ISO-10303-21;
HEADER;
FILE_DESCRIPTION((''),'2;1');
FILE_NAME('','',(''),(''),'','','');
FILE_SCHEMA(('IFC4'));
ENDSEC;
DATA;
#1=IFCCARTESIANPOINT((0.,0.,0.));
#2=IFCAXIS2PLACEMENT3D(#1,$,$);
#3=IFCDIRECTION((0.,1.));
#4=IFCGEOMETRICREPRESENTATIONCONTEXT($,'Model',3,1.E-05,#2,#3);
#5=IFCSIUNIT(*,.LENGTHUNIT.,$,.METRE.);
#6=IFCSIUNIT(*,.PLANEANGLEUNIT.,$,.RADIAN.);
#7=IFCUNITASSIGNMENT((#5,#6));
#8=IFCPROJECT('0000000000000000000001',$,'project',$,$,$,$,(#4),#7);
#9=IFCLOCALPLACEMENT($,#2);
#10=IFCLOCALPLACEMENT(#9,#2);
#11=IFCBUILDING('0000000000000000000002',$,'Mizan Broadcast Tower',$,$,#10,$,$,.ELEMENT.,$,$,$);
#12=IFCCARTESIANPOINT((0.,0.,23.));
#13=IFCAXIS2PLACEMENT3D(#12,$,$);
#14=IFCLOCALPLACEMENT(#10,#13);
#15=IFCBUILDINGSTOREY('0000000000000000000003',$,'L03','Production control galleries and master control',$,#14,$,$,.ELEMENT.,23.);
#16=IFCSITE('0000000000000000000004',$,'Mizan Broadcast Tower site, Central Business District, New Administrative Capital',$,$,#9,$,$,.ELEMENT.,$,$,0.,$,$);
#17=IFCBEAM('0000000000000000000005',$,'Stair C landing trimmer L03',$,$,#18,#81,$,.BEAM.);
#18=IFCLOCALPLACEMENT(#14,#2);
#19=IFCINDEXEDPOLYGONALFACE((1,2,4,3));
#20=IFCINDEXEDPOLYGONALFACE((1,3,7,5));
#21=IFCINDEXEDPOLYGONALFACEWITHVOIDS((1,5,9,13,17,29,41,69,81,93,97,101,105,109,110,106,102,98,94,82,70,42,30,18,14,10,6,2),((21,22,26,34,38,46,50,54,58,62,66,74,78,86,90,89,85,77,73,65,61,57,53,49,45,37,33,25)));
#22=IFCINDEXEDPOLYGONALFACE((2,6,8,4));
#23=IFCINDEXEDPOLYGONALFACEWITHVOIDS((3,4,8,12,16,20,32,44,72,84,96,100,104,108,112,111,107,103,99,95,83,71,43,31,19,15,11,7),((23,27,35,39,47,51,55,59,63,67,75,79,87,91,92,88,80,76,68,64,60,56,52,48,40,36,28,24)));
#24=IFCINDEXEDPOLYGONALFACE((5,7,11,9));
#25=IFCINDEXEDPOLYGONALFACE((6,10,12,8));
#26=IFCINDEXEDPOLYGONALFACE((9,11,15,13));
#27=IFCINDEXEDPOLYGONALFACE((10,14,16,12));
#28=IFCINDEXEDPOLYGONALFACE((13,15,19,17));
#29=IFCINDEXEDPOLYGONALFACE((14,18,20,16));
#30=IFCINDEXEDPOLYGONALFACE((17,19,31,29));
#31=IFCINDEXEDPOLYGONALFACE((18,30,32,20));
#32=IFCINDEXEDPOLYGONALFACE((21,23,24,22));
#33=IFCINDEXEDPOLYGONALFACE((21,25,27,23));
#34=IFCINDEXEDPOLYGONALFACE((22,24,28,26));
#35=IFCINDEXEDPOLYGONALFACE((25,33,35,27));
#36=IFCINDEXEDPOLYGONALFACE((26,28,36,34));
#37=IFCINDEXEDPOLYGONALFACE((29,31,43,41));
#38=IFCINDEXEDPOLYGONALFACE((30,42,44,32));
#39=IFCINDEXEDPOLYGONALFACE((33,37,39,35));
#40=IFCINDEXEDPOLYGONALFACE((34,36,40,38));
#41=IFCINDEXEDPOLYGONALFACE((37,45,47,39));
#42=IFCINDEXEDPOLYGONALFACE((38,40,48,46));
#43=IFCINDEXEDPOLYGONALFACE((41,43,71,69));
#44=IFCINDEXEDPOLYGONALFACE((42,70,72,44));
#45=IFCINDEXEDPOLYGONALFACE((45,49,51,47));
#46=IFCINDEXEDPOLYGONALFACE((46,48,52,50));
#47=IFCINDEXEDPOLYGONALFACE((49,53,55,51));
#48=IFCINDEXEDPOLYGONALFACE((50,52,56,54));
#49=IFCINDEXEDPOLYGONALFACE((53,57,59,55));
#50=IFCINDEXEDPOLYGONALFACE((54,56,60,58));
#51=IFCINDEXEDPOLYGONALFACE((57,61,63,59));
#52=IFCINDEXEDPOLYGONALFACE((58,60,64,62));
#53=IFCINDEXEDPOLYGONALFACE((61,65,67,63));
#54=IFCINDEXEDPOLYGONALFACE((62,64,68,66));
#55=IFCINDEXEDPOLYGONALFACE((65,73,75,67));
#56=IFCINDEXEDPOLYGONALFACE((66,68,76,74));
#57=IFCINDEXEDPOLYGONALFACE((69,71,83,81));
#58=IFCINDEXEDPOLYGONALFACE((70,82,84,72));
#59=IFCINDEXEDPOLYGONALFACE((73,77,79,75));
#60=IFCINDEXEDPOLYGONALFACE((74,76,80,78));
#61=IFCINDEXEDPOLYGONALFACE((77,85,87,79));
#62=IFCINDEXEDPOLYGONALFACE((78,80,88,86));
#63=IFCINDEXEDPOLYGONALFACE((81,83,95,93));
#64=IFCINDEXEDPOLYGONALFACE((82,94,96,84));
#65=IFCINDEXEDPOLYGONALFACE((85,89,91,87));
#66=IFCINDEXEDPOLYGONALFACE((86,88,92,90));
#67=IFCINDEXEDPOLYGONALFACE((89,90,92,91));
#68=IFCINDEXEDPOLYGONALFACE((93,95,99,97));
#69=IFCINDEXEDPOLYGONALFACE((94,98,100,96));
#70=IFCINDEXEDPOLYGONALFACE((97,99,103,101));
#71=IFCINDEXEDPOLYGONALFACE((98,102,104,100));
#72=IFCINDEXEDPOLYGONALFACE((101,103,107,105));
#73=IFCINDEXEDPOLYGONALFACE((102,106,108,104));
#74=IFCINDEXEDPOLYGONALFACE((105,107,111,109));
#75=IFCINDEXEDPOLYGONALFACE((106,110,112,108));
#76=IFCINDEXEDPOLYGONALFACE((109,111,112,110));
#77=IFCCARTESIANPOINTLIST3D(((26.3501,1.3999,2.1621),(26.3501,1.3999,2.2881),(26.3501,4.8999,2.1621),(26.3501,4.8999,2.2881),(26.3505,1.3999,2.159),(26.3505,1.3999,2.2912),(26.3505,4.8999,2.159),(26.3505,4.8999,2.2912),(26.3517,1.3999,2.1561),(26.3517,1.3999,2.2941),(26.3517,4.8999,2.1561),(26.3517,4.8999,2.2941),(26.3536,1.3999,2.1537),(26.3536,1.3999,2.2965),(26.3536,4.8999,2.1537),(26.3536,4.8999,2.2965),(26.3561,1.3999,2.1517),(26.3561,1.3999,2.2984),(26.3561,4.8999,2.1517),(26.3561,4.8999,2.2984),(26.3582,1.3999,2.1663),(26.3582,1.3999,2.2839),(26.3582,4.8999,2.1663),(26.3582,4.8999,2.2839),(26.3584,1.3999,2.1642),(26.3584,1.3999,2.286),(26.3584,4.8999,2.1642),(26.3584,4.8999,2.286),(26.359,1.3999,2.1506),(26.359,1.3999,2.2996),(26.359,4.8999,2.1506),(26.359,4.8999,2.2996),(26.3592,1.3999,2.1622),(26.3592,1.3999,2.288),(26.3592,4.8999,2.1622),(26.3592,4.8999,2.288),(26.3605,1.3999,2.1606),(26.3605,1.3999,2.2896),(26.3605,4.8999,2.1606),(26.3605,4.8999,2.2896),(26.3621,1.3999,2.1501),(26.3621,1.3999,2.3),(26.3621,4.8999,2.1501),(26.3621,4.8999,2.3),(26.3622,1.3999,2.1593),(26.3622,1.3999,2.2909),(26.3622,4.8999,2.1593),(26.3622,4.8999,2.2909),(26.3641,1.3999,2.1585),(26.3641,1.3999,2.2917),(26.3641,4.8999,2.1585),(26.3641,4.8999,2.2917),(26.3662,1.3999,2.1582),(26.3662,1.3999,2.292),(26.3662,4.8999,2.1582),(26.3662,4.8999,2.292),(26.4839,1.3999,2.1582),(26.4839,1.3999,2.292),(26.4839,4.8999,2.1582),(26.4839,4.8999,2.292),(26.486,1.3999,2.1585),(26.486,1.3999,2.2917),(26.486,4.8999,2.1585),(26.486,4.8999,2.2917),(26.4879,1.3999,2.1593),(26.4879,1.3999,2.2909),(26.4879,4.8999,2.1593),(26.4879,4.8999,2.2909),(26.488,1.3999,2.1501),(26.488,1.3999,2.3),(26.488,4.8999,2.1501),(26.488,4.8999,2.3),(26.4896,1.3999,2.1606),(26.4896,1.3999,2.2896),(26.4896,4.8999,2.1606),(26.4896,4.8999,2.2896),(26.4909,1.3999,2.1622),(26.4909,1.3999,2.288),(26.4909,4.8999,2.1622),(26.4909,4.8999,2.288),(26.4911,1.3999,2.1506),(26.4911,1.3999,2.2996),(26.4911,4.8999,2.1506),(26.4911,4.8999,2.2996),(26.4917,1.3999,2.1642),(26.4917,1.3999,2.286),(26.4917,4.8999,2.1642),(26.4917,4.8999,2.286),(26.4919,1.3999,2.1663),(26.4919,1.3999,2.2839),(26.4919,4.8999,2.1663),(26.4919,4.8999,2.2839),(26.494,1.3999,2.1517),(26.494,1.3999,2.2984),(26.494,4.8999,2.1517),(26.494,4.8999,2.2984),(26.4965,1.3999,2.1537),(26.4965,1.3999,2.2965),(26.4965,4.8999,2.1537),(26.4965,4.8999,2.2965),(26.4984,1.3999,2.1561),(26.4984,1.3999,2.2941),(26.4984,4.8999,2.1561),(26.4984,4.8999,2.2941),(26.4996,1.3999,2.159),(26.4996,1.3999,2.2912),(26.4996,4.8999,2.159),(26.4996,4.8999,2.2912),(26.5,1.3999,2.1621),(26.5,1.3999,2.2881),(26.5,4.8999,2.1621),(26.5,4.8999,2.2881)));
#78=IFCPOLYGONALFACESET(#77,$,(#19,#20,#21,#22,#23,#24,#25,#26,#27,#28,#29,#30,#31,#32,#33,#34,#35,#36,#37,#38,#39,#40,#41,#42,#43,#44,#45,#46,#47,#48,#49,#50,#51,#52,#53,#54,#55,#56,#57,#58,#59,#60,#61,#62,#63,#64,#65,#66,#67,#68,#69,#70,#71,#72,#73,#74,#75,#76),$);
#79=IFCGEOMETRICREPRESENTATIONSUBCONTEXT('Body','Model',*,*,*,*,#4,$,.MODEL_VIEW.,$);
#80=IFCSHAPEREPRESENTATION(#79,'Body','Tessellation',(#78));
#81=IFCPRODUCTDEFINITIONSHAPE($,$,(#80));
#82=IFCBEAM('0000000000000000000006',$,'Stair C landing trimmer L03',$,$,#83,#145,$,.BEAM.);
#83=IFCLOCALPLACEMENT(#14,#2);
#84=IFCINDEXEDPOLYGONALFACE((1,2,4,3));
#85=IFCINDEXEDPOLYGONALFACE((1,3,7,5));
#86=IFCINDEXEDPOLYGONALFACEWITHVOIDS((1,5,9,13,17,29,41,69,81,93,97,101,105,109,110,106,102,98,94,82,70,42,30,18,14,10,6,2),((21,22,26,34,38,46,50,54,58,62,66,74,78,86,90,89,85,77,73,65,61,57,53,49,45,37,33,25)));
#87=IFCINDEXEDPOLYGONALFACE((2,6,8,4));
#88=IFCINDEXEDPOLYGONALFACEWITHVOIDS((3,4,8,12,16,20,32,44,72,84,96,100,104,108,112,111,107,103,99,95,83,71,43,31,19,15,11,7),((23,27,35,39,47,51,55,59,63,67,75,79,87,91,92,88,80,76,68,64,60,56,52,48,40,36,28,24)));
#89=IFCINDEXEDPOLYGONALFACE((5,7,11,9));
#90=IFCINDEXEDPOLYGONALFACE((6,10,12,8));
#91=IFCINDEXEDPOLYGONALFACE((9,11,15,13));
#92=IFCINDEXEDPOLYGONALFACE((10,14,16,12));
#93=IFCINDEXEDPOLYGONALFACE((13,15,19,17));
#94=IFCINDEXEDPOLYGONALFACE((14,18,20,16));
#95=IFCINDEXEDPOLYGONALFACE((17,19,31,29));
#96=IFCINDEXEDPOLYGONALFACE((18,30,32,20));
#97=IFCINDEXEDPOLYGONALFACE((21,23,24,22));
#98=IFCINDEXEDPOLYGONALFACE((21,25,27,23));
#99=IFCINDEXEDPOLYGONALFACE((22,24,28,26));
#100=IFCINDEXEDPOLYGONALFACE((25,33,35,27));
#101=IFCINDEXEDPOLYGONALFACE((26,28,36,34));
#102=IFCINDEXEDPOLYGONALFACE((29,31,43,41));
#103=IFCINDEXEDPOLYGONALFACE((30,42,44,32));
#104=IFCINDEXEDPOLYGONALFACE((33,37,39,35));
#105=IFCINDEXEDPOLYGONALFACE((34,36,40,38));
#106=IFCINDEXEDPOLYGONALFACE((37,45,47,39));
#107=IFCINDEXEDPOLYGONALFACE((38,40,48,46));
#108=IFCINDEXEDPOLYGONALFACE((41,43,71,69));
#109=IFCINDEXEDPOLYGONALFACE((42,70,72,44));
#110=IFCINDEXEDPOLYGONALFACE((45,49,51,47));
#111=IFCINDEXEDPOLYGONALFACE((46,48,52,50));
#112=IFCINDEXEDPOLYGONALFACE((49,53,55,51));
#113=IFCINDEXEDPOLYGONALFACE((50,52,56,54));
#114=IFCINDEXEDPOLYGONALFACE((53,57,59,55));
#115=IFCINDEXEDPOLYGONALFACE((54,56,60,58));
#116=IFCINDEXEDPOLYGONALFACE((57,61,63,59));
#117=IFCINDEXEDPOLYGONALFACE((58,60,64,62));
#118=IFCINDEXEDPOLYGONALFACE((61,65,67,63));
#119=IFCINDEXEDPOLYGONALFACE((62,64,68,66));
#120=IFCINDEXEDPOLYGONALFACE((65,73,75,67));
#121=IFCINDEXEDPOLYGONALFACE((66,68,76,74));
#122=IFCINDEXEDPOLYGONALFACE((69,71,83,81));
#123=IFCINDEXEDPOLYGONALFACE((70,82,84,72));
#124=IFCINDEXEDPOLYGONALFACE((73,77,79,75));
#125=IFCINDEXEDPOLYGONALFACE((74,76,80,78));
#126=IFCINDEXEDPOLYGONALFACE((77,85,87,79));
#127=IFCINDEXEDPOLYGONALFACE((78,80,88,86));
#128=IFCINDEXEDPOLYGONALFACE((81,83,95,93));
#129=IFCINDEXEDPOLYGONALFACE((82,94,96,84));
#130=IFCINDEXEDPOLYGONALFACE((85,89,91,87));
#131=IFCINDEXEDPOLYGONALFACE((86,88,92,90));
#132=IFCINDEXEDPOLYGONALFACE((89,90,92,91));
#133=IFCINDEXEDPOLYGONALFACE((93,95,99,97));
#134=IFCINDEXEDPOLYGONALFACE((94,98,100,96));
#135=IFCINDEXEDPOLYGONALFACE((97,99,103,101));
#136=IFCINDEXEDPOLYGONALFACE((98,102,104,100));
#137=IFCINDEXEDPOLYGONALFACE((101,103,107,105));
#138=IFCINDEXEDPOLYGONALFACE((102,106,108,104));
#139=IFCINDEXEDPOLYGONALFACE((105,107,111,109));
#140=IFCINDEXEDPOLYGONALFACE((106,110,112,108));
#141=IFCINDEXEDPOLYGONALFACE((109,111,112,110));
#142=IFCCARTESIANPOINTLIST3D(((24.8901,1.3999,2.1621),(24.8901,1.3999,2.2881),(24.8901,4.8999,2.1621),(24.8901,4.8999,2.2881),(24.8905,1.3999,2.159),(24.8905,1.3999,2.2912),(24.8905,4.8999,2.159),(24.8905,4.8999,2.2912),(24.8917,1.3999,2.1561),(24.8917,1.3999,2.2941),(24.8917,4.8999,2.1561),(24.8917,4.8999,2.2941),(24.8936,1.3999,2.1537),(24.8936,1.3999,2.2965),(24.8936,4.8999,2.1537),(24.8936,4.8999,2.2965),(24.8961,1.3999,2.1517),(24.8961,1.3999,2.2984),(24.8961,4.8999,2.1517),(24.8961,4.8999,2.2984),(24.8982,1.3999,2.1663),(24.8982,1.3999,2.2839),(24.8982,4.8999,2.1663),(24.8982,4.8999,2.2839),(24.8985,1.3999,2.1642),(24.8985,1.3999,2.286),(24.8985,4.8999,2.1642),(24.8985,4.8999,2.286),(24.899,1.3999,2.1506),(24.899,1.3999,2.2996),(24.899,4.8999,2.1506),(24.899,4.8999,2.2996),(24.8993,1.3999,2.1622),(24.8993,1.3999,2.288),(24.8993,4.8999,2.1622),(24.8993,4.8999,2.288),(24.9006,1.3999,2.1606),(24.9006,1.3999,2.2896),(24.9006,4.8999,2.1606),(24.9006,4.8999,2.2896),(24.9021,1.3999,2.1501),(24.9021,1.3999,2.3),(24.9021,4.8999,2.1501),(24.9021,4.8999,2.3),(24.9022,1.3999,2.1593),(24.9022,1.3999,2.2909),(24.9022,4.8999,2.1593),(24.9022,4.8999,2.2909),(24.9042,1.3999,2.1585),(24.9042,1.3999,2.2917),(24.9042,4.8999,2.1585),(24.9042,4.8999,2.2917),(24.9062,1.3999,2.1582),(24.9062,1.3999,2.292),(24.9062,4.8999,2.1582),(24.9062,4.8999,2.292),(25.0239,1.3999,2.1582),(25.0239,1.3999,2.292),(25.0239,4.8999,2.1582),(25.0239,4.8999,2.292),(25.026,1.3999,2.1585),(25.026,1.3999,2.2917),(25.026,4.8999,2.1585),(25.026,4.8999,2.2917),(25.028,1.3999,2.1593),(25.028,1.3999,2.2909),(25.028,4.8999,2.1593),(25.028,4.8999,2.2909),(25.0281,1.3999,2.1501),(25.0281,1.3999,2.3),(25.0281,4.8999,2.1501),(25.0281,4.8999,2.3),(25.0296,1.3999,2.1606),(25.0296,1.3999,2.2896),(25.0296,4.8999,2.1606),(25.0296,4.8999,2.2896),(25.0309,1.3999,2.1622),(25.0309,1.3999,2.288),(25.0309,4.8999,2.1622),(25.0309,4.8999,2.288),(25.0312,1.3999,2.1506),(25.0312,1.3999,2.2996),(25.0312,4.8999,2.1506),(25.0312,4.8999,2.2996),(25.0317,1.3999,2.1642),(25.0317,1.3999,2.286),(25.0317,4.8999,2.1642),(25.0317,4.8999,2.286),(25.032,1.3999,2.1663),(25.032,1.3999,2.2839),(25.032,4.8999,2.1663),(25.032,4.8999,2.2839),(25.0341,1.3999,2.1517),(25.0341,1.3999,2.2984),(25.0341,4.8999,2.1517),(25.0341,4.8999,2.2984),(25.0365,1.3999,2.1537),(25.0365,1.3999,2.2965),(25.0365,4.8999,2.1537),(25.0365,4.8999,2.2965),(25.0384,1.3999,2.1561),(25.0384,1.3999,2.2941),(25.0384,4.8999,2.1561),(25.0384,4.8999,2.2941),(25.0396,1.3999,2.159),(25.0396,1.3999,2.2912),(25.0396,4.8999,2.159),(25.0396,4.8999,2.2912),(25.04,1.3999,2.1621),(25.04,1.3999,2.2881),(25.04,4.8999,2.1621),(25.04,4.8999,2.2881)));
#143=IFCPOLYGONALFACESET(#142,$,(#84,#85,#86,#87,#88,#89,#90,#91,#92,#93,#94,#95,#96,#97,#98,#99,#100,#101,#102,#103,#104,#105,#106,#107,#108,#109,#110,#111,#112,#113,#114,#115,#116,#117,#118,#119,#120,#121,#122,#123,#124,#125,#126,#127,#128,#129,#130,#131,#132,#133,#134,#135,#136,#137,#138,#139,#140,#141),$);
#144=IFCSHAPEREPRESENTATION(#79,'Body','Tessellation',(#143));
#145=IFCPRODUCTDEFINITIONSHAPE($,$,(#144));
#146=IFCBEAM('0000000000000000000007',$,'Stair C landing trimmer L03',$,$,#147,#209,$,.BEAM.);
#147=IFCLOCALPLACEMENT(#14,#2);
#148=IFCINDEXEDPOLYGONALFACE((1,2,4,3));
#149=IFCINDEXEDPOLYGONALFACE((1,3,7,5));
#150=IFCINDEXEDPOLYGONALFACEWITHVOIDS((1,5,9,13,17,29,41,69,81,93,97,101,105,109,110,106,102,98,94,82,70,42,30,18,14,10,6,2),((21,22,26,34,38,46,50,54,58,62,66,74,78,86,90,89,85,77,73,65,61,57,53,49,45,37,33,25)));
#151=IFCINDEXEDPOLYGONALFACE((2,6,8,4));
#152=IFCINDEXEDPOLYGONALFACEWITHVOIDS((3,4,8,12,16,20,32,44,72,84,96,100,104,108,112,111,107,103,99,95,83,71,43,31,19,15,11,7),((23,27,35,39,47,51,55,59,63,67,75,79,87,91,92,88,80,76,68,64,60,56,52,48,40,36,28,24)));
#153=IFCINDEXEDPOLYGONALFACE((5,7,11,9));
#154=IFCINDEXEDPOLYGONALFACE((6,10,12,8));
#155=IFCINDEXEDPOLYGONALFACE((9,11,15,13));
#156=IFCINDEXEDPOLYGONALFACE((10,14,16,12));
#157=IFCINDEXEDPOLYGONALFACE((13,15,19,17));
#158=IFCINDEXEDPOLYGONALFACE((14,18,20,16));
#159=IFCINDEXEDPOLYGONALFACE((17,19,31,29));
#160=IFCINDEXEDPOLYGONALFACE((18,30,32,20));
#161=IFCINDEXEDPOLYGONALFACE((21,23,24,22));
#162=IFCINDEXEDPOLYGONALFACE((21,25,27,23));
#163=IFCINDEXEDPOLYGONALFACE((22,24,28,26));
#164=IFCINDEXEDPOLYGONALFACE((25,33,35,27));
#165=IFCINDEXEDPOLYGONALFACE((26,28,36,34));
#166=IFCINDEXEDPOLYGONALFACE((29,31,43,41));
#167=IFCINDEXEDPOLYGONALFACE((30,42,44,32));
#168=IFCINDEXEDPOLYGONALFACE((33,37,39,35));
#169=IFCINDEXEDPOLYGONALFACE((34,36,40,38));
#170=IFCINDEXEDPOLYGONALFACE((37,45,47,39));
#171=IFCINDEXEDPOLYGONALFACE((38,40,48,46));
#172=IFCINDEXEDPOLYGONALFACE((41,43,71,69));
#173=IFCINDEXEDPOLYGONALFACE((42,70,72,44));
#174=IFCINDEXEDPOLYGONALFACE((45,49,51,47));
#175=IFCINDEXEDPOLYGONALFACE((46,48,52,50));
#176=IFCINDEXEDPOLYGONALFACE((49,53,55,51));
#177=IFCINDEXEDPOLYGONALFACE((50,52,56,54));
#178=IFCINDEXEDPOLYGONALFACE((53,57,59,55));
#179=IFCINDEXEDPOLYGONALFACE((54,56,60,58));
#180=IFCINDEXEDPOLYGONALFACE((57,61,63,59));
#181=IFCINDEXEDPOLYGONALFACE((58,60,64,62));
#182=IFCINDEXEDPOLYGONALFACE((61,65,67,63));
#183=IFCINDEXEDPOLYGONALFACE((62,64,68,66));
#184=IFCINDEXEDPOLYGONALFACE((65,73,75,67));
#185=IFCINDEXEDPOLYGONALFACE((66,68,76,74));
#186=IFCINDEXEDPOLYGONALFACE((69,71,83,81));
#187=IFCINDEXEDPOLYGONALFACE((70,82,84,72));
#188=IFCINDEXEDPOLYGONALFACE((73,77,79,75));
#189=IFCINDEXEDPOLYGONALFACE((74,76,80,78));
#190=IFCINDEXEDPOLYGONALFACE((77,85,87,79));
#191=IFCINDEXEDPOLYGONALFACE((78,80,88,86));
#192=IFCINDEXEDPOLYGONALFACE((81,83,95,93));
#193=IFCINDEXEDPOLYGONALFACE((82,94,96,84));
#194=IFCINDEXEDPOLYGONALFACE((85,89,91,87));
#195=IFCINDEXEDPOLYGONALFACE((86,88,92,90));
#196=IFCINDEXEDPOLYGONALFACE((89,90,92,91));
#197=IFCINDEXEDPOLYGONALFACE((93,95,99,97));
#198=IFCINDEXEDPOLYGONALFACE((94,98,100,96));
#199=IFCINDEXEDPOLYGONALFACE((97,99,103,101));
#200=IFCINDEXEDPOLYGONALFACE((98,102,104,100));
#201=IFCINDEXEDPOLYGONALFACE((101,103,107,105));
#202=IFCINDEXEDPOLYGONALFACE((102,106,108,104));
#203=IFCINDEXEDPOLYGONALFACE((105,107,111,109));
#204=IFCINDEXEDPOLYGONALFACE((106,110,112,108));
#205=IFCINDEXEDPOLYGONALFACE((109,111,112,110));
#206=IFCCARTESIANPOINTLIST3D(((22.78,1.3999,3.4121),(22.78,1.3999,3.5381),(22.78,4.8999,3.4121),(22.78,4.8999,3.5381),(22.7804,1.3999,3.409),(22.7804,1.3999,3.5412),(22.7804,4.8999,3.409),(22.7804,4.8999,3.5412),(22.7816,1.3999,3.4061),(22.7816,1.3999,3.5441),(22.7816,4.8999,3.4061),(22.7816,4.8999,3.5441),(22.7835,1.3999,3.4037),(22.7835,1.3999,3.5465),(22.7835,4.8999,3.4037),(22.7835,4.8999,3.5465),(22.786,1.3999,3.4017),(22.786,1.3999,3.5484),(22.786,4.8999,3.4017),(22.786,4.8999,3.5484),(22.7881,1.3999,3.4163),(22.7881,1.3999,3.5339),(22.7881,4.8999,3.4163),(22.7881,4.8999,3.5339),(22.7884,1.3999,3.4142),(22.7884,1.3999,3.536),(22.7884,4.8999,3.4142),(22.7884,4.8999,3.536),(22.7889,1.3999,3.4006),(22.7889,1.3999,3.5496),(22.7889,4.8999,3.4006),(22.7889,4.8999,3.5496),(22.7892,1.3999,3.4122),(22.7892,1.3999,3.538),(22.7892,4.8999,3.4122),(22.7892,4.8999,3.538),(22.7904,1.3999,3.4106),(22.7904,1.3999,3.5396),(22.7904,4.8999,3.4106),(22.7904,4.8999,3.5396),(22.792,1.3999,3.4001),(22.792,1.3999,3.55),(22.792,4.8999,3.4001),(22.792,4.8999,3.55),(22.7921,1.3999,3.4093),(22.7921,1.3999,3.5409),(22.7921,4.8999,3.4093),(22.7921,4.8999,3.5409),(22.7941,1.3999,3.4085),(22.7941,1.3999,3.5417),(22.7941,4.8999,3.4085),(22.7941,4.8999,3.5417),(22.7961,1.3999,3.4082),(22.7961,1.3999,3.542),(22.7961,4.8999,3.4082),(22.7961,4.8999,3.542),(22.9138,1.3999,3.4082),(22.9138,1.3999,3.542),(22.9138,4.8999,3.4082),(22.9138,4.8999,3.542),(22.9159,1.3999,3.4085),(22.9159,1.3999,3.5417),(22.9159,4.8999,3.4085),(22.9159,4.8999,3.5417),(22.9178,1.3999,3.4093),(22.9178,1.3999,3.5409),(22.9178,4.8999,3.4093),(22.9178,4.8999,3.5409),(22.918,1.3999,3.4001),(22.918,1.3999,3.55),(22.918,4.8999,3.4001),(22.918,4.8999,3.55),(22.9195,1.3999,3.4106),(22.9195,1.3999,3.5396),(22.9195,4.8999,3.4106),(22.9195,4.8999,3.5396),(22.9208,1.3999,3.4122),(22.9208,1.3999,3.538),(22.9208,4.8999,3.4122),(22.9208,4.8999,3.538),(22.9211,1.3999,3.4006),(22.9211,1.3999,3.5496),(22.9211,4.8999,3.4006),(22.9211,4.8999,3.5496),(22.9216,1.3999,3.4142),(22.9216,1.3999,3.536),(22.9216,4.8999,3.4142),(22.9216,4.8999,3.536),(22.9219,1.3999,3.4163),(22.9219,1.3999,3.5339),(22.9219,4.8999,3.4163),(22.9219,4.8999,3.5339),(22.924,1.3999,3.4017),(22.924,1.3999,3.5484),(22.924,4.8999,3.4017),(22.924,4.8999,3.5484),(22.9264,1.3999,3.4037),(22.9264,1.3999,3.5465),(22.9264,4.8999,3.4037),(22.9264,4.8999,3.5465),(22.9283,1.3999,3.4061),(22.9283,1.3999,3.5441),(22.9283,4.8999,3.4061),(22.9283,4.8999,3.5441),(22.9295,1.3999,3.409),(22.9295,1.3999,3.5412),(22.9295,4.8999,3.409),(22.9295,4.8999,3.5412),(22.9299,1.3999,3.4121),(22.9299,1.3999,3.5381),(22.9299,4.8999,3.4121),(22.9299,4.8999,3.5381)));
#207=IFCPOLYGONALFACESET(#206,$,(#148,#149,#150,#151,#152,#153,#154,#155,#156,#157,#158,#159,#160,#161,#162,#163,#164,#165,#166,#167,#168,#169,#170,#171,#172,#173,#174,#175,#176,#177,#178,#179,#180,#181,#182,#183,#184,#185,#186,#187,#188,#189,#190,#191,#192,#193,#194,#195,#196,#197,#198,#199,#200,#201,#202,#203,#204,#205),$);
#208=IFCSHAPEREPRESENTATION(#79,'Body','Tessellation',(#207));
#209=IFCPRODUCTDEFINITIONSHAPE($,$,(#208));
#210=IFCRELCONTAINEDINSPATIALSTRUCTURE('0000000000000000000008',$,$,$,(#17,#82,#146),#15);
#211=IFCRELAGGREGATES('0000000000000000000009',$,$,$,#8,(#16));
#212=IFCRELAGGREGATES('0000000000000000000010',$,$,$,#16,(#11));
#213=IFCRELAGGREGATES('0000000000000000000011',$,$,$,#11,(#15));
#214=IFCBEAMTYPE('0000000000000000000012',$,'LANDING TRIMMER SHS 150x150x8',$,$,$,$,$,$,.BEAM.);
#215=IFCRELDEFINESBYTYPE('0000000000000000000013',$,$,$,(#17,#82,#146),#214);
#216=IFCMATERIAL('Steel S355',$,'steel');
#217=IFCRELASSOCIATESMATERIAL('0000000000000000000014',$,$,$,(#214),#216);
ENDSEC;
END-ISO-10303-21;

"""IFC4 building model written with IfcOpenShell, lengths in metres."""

from ifc_helpers import new_model, si_unit, direction, frame, origin, origin_2d, place, context, subcontext, project, spatial, hollow_rectangle, extrude, material, material_profile, profile_set, type_object, element, save


model = new_model("IFC4")

# Units and contexts
model_context = context("Model", 3, precision=1e-05, world=origin(), true_north=direction((0.0, 1.0)))
body_context = subcontext(model_context, "Body", "Model", "MODEL_VIEW")
ifc_project = project(units=[si_unit("LENGTHUNIT", "METRE"), si_unit("PLANEANGLEUNIT", "RADIAN")], contexts=[model_context])

# Site, building, storey
site_placement = place(None, origin())
site = spatial("IfcSite", under=ifc_project, at=site_placement, Name="Mizan Broadcast Tower site, Central Business District, New Administrative Capital", CompositionType="ELEMENT", RefElevation=0.0)
building_placement = place(site_placement, origin())
building = spatial("IfcBuilding", under=site, at=building_placement, Name="Mizan Broadcast Tower", CompositionType="ELEMENT")
storey_placement = place(building_placement, frame((0.0, 0.0, 23.0)))
storey = spatial("IfcBuildingStorey", under=building, at=storey_placement, Name="L03", Description="Production control galleries and master control", CompositionType="ELEMENT", Elevation=23.0)

# Beams
ifc_material_1 = material(Name="Steel S355", Category="steel")
ifc_material_profile_1 = material_profile(ifc_material_1, hollow_rectangle(XDim=0.1499, YDim=0.1499, WallThickness=0.0081, InnerFilletRadius=0.0081, OuterFilletRadius=0.012, at=origin_2d()), Name="SHS 150x150x8")
ifc_profile_set_1 = profile_set([ifc_material_profile_1], Name="Steel S355")
beam_type_1 = type_object("IfcBeamType", Name="LANDING TRIMMER SHS 150x150x8", PredefinedType="BEAM", material=ifc_profile_set_1)
for number, where, z_axis, x_axis, name in (
    (1, (26.425, 1.3999, 2.2251), (0.0, 1.0, 0.0), (-1.0, 0.0, 0.0), "Stair C landing trimmer L03"),
    (2, (24.9651, 1.3999, 2.2251), (0.0, 1.0, 0.0), (-1.0, 0.0, 0.0), "Stair C landing trimmer L03"),
    (3, (22.855, 1.3999, 3.4751), (0.0, 1.0, 0.0), (-1.0, 0.0, 0.0), "Stair C landing trimmer L03"),
):
    element("IfcBeam", number, at=place(storey_placement, frame(where, z_axis=z_axis, x_axis=x_axis)), inside=storey, type_object=beam_type_1, Name=name, PredefinedType="BEAM", context=body_context, shape_type="SweptSolid", body=[
        extrude(hollow_rectangle(XDim=0.1499, YDim=0.1499, WallThickness=0.0081, InnerFilletRadius=0.0081, OuterFilletRadius=0.012, at=origin_2d()), origin(), (0.0, 0.0, 1.0), 3.5),
    ])

save(model, "model.ifc")
